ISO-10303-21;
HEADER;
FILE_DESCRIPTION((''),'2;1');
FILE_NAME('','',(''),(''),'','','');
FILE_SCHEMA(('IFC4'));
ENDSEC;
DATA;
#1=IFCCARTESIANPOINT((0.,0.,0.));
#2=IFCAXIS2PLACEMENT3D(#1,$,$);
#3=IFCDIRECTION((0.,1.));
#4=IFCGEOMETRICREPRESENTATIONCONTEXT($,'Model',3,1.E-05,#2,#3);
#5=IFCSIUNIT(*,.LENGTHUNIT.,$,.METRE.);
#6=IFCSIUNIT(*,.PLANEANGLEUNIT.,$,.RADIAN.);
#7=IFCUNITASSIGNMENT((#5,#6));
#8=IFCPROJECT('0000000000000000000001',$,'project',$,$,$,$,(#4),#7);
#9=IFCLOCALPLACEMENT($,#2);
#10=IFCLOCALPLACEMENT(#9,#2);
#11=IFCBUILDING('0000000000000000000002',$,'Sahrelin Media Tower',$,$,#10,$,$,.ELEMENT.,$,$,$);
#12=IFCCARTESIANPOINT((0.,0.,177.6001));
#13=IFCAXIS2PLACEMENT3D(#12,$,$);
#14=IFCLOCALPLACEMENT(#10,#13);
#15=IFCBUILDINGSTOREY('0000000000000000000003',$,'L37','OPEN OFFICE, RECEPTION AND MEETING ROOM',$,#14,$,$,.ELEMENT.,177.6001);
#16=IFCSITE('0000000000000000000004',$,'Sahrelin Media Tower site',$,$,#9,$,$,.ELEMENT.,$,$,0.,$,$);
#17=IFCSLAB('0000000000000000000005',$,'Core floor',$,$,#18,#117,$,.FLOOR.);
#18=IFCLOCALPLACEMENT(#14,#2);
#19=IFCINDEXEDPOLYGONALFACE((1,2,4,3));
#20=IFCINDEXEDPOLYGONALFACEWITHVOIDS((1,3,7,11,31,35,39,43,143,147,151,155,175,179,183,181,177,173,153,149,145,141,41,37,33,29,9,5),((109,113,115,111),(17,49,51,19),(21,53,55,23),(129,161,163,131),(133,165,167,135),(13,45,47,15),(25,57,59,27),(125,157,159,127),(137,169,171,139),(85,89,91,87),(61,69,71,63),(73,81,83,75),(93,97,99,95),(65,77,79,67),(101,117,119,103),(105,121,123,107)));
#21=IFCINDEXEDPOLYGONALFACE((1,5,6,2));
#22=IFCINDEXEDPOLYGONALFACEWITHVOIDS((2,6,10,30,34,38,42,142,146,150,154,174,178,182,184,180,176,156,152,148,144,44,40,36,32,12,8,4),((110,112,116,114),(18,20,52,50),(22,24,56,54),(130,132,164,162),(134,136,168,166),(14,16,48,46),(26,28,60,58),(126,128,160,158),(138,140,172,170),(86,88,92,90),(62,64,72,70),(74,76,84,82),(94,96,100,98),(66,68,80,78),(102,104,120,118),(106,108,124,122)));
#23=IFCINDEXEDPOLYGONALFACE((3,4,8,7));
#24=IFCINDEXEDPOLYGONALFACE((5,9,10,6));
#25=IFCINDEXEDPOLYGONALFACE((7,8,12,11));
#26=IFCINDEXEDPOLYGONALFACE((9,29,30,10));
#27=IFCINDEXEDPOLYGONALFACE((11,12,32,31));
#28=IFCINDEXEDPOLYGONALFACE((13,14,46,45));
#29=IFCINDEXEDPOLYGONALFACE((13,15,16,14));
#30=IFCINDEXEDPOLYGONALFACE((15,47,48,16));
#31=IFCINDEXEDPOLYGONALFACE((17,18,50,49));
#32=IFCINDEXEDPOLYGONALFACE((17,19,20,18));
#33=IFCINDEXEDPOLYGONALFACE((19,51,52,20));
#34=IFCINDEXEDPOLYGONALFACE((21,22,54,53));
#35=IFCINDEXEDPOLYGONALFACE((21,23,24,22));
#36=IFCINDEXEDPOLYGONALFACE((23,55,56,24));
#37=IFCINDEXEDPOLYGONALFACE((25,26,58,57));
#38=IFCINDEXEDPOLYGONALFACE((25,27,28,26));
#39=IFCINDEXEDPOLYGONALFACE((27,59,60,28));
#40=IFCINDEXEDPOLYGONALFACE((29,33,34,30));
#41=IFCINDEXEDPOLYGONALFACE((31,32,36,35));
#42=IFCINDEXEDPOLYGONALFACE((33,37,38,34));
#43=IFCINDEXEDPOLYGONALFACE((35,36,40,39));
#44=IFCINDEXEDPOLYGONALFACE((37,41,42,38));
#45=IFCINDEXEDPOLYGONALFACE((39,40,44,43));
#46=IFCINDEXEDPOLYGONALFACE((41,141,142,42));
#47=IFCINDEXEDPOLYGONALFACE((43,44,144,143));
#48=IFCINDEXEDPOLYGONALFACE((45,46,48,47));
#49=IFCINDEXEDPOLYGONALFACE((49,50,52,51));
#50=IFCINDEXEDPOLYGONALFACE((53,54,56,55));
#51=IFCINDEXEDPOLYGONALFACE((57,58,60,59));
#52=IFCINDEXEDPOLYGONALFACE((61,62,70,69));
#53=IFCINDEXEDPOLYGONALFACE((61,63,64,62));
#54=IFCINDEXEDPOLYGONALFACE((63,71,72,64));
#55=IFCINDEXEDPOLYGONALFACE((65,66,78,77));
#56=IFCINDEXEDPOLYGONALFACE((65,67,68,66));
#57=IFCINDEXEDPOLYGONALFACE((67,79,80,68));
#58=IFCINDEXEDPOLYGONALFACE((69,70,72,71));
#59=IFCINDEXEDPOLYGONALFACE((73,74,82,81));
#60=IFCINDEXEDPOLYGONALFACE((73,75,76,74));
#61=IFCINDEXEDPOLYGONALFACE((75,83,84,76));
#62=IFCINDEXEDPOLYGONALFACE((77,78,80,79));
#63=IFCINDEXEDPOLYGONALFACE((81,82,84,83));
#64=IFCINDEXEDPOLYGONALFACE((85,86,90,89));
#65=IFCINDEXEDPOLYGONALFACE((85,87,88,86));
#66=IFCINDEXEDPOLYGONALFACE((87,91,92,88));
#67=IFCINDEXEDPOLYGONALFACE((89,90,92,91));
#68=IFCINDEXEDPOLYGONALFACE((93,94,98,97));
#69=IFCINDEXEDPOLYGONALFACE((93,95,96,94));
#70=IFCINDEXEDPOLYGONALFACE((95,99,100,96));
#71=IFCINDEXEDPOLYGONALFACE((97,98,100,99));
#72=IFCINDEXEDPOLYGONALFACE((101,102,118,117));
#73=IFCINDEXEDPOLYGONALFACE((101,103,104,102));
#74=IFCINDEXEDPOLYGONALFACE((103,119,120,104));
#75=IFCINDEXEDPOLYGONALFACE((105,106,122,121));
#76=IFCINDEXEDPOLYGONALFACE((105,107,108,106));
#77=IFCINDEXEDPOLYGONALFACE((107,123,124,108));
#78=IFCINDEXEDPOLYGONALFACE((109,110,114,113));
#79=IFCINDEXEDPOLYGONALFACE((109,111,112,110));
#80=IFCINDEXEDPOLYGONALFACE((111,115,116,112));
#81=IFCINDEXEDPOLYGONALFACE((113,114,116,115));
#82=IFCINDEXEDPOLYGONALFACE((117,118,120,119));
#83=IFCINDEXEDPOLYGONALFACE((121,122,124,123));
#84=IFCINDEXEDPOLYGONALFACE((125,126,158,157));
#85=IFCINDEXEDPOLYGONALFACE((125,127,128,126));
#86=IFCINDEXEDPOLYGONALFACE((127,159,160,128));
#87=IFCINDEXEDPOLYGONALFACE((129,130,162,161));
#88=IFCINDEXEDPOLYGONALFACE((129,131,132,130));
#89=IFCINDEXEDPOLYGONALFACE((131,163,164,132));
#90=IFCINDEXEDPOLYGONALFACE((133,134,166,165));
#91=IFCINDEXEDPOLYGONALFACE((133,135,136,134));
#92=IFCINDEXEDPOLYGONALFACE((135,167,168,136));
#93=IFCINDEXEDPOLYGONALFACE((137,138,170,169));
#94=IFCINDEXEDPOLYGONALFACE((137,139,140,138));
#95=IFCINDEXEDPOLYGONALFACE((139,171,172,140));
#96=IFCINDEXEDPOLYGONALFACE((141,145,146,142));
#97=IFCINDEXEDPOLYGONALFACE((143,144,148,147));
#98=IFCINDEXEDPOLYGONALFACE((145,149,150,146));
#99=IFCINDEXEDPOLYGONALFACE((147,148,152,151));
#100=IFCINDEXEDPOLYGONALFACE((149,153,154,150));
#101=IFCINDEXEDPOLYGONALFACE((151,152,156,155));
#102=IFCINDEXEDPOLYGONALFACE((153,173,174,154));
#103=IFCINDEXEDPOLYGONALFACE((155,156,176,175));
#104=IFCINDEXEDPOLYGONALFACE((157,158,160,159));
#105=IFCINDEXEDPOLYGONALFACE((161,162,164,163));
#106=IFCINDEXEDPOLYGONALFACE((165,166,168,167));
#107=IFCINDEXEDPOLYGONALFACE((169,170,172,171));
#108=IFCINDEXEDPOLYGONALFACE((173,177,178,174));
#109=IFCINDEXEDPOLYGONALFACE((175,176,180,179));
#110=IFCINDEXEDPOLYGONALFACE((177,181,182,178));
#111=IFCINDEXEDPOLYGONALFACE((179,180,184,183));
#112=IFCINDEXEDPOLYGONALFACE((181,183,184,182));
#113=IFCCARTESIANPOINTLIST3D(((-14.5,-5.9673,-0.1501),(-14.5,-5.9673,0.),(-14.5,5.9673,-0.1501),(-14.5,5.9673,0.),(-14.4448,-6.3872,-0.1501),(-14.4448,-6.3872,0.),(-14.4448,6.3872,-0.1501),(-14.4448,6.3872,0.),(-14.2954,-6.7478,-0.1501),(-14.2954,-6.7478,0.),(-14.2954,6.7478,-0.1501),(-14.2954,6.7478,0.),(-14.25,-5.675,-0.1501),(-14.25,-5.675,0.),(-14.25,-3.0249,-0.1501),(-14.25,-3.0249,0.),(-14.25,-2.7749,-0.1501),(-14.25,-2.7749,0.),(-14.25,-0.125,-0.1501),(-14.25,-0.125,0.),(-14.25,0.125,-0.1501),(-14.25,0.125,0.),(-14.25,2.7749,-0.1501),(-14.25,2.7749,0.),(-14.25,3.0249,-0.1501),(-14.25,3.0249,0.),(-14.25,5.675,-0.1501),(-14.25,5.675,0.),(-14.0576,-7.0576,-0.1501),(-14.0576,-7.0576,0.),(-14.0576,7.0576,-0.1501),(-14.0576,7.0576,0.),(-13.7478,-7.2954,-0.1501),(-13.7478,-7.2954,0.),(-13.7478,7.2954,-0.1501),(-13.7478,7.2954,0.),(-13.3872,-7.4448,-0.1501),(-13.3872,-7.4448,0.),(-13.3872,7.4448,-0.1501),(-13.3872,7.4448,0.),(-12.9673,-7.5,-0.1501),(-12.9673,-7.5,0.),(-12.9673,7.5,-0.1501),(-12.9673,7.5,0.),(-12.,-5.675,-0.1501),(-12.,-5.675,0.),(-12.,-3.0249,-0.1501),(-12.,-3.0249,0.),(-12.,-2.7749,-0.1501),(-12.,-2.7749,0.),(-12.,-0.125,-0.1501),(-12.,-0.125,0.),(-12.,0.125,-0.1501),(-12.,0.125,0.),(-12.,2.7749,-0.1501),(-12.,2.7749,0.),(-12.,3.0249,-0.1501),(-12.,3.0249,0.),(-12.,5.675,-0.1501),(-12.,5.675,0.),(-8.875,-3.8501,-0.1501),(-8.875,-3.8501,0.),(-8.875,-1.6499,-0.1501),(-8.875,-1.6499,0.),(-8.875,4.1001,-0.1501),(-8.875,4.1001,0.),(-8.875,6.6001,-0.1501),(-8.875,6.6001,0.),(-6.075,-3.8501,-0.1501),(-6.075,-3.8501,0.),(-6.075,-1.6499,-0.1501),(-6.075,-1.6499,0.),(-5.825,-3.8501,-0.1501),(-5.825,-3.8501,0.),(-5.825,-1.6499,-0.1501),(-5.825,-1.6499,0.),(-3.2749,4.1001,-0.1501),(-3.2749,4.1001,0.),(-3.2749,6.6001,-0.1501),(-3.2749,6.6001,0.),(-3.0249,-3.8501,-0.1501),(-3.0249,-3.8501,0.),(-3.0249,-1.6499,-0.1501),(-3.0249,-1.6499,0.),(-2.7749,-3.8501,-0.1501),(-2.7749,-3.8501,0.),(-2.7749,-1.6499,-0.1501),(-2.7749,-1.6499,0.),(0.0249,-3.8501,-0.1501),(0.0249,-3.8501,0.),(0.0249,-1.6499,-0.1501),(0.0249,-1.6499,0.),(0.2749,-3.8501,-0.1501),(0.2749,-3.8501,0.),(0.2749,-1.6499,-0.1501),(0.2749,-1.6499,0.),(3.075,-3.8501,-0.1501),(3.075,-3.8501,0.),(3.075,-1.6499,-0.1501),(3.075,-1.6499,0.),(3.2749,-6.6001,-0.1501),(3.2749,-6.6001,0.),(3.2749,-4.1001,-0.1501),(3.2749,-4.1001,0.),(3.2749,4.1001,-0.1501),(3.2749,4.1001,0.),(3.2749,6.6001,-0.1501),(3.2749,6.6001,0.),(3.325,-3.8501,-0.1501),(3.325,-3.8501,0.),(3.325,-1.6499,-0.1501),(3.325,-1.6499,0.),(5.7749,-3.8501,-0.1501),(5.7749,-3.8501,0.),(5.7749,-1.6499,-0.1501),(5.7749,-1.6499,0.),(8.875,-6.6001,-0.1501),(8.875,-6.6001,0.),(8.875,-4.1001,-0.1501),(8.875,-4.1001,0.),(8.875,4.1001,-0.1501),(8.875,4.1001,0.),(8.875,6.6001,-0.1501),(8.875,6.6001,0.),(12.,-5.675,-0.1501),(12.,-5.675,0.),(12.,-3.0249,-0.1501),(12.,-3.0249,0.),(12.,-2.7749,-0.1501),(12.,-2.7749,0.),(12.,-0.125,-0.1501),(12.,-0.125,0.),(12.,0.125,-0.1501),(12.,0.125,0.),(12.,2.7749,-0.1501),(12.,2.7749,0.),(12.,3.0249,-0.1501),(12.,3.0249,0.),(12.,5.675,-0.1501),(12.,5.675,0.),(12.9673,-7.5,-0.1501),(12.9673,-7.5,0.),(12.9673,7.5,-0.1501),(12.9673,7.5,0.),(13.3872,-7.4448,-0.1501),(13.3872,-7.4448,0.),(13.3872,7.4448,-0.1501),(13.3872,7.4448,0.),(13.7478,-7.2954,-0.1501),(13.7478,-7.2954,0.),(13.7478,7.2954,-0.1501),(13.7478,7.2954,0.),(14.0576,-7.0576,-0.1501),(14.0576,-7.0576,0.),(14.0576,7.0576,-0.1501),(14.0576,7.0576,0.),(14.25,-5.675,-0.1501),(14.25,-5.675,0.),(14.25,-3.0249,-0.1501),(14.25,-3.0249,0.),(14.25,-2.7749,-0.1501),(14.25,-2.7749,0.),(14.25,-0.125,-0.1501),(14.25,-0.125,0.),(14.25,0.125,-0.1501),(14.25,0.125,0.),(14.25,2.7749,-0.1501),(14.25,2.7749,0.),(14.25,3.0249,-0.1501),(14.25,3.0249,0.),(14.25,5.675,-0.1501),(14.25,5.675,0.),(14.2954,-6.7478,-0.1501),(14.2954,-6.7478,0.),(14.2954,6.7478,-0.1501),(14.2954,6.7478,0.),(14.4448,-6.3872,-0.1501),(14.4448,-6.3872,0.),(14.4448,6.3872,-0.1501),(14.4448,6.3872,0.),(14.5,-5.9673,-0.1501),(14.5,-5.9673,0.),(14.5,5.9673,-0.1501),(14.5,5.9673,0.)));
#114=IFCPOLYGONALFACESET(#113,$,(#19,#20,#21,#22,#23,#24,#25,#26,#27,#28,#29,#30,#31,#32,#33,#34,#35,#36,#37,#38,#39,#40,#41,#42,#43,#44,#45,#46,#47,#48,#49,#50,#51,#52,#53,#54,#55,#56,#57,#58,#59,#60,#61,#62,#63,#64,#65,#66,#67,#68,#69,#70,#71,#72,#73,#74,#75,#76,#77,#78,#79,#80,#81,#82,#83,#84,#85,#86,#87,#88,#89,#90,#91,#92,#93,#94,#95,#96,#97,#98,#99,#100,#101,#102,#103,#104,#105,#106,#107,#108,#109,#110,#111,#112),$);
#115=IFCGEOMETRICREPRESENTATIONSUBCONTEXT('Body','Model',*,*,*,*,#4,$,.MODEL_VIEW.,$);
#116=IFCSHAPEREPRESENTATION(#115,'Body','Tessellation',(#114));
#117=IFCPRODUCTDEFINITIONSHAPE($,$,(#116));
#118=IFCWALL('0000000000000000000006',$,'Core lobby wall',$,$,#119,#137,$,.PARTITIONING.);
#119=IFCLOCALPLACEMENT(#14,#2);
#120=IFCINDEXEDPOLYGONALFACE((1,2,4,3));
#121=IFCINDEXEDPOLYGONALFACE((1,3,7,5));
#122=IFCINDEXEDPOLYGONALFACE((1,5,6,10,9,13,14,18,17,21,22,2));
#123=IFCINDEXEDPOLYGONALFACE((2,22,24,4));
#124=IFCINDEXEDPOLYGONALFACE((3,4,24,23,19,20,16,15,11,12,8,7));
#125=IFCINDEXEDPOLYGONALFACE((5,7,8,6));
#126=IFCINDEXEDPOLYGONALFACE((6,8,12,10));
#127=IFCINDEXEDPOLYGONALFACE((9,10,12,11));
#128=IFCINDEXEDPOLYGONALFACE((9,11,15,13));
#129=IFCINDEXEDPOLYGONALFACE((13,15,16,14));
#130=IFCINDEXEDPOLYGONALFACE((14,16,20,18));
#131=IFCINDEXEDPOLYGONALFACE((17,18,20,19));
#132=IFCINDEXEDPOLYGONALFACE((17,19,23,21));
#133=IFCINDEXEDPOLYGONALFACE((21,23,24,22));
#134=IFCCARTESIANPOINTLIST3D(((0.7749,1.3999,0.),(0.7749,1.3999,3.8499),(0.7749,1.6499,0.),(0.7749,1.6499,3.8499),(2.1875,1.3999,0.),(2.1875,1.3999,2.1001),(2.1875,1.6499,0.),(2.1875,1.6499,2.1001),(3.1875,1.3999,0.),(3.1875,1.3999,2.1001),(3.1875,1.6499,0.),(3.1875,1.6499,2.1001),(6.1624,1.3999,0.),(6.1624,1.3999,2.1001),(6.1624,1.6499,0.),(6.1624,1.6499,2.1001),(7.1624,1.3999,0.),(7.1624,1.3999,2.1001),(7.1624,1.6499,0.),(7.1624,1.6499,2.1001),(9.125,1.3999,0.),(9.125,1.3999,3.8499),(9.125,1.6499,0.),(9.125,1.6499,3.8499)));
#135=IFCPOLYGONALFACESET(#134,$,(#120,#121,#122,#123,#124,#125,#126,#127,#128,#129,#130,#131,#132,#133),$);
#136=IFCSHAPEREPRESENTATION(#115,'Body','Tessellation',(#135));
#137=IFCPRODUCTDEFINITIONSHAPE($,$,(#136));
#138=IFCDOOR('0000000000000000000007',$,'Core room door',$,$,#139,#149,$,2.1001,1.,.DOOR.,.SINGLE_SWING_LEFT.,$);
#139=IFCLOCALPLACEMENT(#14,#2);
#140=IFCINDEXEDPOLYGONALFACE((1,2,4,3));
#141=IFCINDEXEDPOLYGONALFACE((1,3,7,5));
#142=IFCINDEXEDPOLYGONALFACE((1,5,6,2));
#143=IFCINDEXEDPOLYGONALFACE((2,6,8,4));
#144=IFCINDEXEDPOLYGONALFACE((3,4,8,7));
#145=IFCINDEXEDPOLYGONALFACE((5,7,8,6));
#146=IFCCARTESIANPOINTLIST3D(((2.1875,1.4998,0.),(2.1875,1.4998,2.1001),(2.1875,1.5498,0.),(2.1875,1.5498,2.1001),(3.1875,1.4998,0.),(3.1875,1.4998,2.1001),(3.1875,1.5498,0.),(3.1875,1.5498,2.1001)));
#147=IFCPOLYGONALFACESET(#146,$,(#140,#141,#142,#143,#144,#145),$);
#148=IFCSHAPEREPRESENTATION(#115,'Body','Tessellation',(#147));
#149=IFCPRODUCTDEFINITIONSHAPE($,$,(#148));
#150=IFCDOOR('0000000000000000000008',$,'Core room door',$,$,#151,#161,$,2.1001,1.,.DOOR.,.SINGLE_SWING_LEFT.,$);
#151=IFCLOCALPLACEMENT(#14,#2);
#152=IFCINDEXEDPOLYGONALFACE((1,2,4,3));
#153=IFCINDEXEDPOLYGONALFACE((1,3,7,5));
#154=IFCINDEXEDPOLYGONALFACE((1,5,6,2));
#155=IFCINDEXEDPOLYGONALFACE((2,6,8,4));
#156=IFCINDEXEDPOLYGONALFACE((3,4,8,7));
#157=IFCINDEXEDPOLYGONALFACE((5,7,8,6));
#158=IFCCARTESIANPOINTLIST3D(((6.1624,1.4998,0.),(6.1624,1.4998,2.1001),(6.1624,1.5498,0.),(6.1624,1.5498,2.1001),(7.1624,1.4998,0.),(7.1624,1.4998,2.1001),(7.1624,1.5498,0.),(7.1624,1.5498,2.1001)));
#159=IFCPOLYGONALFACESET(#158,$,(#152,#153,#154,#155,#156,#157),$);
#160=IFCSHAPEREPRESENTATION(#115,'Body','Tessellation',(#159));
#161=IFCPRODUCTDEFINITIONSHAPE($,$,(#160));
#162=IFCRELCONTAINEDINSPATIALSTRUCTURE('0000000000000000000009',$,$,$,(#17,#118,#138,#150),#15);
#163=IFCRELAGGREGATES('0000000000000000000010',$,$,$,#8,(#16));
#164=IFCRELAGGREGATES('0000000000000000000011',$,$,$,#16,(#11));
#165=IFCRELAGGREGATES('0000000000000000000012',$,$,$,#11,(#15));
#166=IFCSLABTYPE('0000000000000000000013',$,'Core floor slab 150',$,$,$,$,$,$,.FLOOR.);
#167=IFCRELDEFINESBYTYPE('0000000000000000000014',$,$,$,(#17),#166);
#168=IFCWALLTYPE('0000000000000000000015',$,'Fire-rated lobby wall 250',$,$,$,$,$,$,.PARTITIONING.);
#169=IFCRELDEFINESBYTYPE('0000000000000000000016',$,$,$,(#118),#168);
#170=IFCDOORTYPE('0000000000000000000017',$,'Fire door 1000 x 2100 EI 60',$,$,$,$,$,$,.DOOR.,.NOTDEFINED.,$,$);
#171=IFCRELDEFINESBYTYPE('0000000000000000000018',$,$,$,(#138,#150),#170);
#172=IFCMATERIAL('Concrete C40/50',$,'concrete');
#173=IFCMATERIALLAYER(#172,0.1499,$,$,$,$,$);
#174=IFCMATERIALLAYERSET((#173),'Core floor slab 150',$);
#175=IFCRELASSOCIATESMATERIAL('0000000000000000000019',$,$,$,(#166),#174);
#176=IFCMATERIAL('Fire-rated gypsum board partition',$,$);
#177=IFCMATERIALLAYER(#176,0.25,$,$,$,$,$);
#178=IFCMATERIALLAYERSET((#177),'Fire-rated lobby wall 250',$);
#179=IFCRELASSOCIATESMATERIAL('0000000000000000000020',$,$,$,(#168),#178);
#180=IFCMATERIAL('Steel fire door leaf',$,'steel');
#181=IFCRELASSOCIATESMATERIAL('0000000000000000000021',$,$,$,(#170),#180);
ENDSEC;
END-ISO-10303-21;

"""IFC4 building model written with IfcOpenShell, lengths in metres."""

from ifc_helpers import new_model, si_unit, direction, frame, frame_2d, origin, place, context, subcontext, project, spatial, polyline, rectangle, outline, extrude, material, layer, layer_set, type_object, element, fill, save


model = new_model("IFC4")

# Units and contexts
model_context = context("Model", 3, precision=1e-05, world=origin(), true_north=direction((0.0, 1.0)))
body_context = subcontext(model_context, "Body", "Model", "MODEL_VIEW")
ifc_project = project(units=[si_unit("LENGTHUNIT", "METRE"), si_unit("PLANEANGLEUNIT", "RADIAN")], contexts=[model_context])

# Site, building, storey
site_placement = place(None, origin())
site = spatial("IfcSite", under=ifc_project, at=site_placement, Name="Sahrelin Media Tower site", CompositionType="ELEMENT", RefElevation=0.0)
building_placement = place(site_placement, origin())
building = spatial("IfcBuilding", under=site, at=building_placement, Name="Sahrelin Media Tower", CompositionType="ELEMENT")
storey_placement = place(building_placement, frame((0.0, 0.0, 177.6001)))
storey = spatial("IfcBuildingStorey", under=building, at=storey_placement, Name="L37", Description="OPEN OFFICE, RECEPTION AND MEETING ROOM", CompositionType="ELEMENT", Elevation=177.6001)

# Slab
ifc_material_1 = material(Name="Concrete C40/50", Category="concrete")
ifc_layer_1 = layer(ifc_material_1, 0.1499)
ifc_layer_set_1 = layer_set([ifc_layer_1], Name="Core floor slab 150")
slab_type = type_object("IfcSlabType", Name="Core floor slab 150", PredefinedType="FLOOR", material=ifc_layer_set_1)
slab_placement = place(storey_placement, frame((0.0, 0.0, -0.1501)))
element("IfcSlab", 1, at=slab_placement, inside=storey, type_object=slab_type, Name="Core floor", PredefinedType="FLOOR", context=body_context, shape_type="SweptSolid", body=[
    extrude(outline(polyline([(-14.4448, 6.3872), (-14.5, 5.9673), (-14.5, -5.9673), (-14.4448, -6.3872), (-14.2954, -6.7478), (-14.0576, -7.0576), (-13.7478, -7.2954), (-13.3872, -7.4448), (-12.9673, -7.5), (12.9673, -7.5), (13.3872, -7.4448), (13.7478, -7.2954), (14.0576, -7.0576), (14.2954, -6.7478), (14.4448, -6.3872), (14.5, -5.9673), (14.5, 5.9673), (14.4448, 6.3872), (14.2954, 6.7478), (14.0576, 7.0576), (13.7478, 7.2954), (13.3872, 7.4448), (12.9673, 7.5), (-12.9673, 7.5), (-13.3872, 7.4448), (-13.7478, 7.2954), (-14.0576, 7.0576), (-14.2954, 6.7478), (-14.4448, 6.3872)]), holes=[polyline([(-12.0, 3.0249), (-12.0, 5.675), (-14.25, 5.675), (-14.25, 3.0249), (-12.0, 3.0249)]), polyline([(-14.25, 0.125), (-12.0, 0.125), (-12.0, 2.7749), (-14.25, 2.7749), (-14.25, 0.125)]), polyline([(-14.25, -0.125), (-14.25, -2.7749), (-12.0, -2.7749), (-12.0, -0.125), (-14.25, -0.125)]), polyline([(-12.0, -3.0249), (-14.25, -3.0249), (-14.25, -5.675), (-12.0, -5.675), (-12.0, -3.0249)]), polyline([(14.25, 3.0249), (14.25, 5.675), (12.0, 5.675), (12.0, 3.0249), (14.25, 3.0249)]), polyline([(12.0, 0.125), (14.25, 0.125), (14.25, 2.7749), (12.0, 2.7749), (12.0, 0.125)]), polyline([(12.0, -0.125), (12.0, -2.7749), (14.25, -2.7749), (14.25, -0.125), (12.0, -0.125)]), polyline([(14.25, -3.0249), (12.0, -3.0249), (12.0, -5.675), (14.25, -5.675), (14.25, -3.0249)]), polyline([(-6.075, -3.8501), (-6.075, -1.6499), (-8.875, -1.6499), (-8.875, -3.8501), (-6.075, -3.8501)]), polyline([(-5.825, -3.8501), (-3.0249, -3.8501), (-3.0249, -1.6499), (-5.825, -1.6499), (-5.825, -3.8501)]), polyline([(-2.7749, -1.6499), (-2.7749, -3.8501), (0.0249, -3.8501), (0.0249, -1.6499), (-2.7749, -1.6499)]), polyline([(3.075, -1.6499), (0.2749, -1.6499), (0.2749, -3.8501), (3.075, -3.8501), (3.075, -1.6499)]), polyline([(5.7749, -3.8501), (5.7749, -1.6499), (3.325, -1.6499), (3.325, -3.8501), (5.7749, -3.8501)]), polyline([(-8.875, 6.6001), (-8.875, 4.1001), (-3.2749, 4.1001), (-3.2749, 6.6001), (-8.875, 6.6001)]), polyline([(3.2749, 4.1001), (8.875, 4.1001), (8.875, 6.6001), (3.2749, 6.6001), (3.2749, 4.1001)]), polyline([(3.2749, -4.1001), (3.2749, -6.6001), (8.875, -6.6001), (8.875, -4.1001), (3.2749, -4.1001)])]), origin(), (0.0, 0.0, 1.0), 0.1501),
])

# Wall, openings, doors
ifc_material_2 = material(Name="Fire-rated gypsum board partition")
ifc_layer_2 = layer(ifc_material_2, 0.25)
ifc_layer_set_2 = layer_set([ifc_layer_2], Name="Fire-rated lobby wall 250")
wall_type_1 = type_object("IfcWallType", Name="Fire-rated lobby wall 250", PredefinedType="PARTITIONING", material=ifc_layer_set_2)
wall_1_placement = place(storey_placement, frame((0.7749, 1.5249, 0.0), z_axis=(0.0, 0.0, 1.0), x_axis=(1.0, 0.0, 0.0)))
wall_1 = element("IfcWall", 2, at=wall_1_placement, inside=storey, type_object=wall_type_1, Name="Core lobby wall", PredefinedType="PARTITIONING", context=body_context, shape_type="SweptSolid", body=[
    extrude(rectangle(XDim=8.3501, YDim=0.25, at=frame_2d((4.175, 0.0))), origin(), (0.0, 0.0, 1.0), 3.8499),
])
opening_1_placement = place(wall_1_placement, frame((1.4126, 0.0, 0.0)))
opening_1 = element("IfcOpeningElement", 3, at=opening_1_placement, cuts=wall_1, PredefinedType="OPENING", context=body_context, shape_type="SweptSolid", body=[
    extrude(rectangle(XDim=1.0, YDim=2.1001, at=frame_2d((0.5, 1.05))), frame((0.0, 0.125, 0.0), z_axis=(0.0, -1.0, 0.0), x_axis=(1.0, 0.0, 0.0)), (0.0, 0.0, 1.0), 0.25),
])
opening_2_placement = place(wall_1_placement, frame((5.3875, 0.0, 0.0)))
opening_2 = element("IfcOpeningElement", 4, at=opening_2_placement, cuts=wall_1, PredefinedType="OPENING", context=body_context, shape_type="SweptSolid", body=[
    extrude(rectangle(XDim=1.0, YDim=2.1001, at=frame_2d((0.5, 1.05))), frame((0.0, 0.125, 0.0), z_axis=(0.0, -1.0, 0.0), x_axis=(1.0, 0.0, 0.0)), (0.0, 0.0, 1.0), 0.25),
])
ifc_material_3 = material(Name="Steel fire door leaf", Category="steel")
door_type_1 = type_object("IfcDoorType", Name="Fire door 1000 x 2100 EI 60", OperationType="NOTDEFINED", PredefinedType="DOOR", material=ifc_material_3)
door_1_placement = place(opening_1_placement, origin())
door_1 = element("IfcDoor", 5, at=door_1_placement, inside=storey, type_object=door_type_1, Name="Core room door", OperationType="SINGLE_SWING_LEFT", OverallHeight=2.1001, OverallWidth=1.0, PredefinedType="DOOR", context=body_context, shape_type="SweptSolid", body=[
    extrude(rectangle(XDim=1.0, YDim=2.1001, at=frame_2d((0.5, 1.05))), frame((0.0, 0.0249, 0.0), z_axis=(0.0, -1.0, 0.0), x_axis=(1.0, 0.0, 0.0)), (0.0, 0.0, 1.0), 0.05),
])
fill(opening_1, door_1)
door_2_placement = place(opening_2_placement, origin())
door_2 = element("IfcDoor", 6, at=door_2_placement, inside=storey, type_object=door_type_1, Name="Core room door", OperationType="SINGLE_SWING_LEFT", OverallHeight=2.1001, OverallWidth=1.0, PredefinedType="DOOR", context=body_context, shape_type="SweptSolid", body=[
    extrude(rectangle(XDim=1.0, YDim=2.1001, at=frame_2d((0.5, 1.05))), frame((0.0, 0.0249, 0.0), z_axis=(0.0, -1.0, 0.0), x_axis=(1.0, 0.0, 0.0)), (0.0, 0.0, 1.0), 0.05),
])
fill(opening_2, door_2)

save(model, "model.ifc")
